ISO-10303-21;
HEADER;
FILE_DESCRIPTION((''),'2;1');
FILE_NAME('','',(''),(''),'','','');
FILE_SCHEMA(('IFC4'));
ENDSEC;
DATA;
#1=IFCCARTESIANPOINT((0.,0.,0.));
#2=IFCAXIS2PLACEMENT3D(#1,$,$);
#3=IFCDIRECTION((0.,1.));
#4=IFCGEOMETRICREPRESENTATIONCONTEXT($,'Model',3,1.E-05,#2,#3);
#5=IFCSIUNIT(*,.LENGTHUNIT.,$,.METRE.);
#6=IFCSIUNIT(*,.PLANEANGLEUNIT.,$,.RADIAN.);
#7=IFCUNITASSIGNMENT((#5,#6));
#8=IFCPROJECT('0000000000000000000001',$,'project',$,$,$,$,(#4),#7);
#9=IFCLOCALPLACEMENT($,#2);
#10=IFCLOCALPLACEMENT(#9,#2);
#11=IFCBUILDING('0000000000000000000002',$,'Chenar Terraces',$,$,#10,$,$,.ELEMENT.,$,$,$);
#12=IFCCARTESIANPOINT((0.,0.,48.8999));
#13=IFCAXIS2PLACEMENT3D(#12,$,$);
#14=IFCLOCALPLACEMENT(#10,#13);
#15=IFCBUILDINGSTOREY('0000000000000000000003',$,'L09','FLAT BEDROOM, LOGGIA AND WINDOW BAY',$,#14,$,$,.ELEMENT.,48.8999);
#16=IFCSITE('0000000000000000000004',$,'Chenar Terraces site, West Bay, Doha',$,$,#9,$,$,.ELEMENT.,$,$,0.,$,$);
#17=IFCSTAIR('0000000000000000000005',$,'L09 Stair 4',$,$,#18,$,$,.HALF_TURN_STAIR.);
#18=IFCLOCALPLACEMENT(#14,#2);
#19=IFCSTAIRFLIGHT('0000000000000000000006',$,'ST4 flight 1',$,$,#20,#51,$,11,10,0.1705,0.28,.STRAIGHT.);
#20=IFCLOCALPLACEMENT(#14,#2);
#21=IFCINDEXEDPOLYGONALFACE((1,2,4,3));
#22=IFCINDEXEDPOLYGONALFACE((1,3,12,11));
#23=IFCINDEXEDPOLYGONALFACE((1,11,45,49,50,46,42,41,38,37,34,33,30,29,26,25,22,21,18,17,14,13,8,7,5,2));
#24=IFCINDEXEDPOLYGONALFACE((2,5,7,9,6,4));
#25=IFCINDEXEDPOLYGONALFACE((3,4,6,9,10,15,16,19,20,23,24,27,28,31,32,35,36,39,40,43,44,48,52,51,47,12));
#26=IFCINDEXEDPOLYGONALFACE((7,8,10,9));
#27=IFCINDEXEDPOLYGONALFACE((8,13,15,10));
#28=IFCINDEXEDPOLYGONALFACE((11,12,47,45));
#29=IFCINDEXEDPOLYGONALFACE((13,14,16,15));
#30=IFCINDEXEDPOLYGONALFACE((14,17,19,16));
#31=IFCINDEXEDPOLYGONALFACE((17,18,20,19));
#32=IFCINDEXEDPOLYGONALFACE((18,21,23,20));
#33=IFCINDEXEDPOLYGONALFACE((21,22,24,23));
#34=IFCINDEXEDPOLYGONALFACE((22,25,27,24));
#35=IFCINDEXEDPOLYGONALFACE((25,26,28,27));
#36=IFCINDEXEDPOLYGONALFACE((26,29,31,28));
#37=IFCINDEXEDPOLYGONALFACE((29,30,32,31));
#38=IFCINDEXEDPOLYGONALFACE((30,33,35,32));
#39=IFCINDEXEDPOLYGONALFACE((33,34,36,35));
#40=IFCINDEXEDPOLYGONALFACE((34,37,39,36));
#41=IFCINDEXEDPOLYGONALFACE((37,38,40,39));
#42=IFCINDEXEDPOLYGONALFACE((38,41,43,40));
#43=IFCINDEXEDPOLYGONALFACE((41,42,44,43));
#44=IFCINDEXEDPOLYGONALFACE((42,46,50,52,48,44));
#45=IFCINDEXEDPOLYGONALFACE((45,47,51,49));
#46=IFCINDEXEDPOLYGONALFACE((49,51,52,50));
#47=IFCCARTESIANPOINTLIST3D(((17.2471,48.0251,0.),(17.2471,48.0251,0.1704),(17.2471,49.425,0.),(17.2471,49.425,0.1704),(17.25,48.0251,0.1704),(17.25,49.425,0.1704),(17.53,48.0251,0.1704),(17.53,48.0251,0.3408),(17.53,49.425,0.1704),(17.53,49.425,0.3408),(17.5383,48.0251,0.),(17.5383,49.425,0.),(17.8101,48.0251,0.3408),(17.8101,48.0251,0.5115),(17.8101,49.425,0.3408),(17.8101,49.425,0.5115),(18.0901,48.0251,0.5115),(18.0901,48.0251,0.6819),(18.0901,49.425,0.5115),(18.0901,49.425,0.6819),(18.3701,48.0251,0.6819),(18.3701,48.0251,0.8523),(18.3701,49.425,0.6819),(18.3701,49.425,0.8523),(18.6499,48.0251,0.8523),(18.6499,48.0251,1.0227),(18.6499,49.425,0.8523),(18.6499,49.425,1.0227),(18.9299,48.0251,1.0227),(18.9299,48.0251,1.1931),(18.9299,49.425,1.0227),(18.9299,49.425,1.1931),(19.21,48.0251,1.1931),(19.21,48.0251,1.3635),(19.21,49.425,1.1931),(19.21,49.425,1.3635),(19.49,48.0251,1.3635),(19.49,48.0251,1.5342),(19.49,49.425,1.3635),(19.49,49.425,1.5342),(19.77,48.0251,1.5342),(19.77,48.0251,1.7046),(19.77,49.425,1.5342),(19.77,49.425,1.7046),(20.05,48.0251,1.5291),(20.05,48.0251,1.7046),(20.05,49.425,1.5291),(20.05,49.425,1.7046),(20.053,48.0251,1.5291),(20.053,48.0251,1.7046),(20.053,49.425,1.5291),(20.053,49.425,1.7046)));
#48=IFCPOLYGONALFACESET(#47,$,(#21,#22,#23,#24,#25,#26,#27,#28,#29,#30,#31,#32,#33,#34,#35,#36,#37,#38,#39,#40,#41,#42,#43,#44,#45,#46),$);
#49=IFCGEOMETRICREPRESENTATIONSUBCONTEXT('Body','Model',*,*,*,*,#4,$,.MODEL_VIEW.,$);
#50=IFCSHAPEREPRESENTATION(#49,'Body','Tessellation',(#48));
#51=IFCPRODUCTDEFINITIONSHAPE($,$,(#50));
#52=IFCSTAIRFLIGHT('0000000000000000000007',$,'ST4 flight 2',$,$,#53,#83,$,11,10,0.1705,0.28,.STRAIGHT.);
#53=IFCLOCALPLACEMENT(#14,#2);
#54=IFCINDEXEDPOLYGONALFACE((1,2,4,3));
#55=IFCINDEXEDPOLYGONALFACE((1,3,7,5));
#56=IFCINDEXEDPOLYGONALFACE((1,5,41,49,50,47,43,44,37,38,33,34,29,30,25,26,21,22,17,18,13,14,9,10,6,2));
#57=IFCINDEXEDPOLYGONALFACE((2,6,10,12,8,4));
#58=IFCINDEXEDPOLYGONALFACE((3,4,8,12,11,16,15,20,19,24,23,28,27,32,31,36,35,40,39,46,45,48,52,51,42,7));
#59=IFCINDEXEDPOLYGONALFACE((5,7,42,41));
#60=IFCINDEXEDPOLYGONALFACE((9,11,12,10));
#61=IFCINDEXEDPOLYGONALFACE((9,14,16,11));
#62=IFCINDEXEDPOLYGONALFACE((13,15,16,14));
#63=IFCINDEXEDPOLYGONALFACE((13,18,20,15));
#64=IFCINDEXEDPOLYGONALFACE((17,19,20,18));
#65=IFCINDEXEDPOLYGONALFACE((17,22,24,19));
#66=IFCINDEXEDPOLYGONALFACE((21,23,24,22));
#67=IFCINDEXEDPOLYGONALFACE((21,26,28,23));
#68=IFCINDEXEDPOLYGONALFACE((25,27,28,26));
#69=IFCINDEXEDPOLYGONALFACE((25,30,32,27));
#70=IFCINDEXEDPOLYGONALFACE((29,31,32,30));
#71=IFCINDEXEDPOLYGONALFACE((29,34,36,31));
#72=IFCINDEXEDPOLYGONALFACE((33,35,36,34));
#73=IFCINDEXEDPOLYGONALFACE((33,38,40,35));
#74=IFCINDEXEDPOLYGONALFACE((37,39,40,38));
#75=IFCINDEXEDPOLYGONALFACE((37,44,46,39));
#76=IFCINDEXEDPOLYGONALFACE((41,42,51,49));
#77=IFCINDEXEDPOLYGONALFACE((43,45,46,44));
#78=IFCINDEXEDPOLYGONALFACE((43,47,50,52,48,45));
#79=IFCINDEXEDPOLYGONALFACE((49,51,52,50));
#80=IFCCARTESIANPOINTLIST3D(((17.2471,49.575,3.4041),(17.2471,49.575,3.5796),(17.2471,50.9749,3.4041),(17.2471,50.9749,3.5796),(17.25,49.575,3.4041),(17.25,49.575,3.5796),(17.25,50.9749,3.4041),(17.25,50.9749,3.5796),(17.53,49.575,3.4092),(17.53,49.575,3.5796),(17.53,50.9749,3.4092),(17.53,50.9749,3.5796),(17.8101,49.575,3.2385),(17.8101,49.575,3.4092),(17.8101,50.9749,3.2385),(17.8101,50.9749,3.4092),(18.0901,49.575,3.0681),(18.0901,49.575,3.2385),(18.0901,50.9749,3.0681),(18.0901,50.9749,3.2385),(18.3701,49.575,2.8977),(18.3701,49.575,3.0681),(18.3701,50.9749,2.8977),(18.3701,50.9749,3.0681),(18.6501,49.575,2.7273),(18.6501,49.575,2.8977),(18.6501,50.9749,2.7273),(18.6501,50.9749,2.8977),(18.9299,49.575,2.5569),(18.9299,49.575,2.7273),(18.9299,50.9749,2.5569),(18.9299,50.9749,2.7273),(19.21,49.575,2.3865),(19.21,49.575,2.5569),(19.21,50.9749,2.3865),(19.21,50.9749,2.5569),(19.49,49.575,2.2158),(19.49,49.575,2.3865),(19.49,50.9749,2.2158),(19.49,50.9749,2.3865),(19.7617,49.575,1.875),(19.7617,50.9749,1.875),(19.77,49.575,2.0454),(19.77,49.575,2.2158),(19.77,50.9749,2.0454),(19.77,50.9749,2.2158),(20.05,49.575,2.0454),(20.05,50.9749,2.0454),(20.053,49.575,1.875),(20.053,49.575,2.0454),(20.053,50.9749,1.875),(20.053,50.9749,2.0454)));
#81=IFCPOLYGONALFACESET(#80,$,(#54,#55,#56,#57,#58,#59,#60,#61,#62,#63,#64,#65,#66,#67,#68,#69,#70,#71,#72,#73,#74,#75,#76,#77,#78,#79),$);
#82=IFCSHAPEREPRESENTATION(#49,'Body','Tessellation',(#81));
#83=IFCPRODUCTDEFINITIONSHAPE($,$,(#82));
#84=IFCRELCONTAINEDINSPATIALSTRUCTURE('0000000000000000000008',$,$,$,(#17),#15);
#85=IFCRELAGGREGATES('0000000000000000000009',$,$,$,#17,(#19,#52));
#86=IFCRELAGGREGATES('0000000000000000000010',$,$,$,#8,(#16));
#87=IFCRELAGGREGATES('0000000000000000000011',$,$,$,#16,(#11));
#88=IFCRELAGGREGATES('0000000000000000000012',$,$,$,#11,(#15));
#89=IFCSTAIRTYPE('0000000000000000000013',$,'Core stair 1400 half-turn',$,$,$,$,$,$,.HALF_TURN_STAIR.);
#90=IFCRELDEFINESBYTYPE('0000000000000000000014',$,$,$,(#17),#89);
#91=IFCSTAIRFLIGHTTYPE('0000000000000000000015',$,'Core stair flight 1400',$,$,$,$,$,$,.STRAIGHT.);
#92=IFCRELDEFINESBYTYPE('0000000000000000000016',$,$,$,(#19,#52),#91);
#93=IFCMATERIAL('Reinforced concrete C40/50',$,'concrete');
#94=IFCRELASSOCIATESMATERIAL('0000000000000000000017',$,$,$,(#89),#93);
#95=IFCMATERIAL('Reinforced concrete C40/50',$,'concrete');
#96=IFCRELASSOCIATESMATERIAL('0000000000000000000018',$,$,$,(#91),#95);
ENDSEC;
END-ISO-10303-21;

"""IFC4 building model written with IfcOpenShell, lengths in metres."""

from ifc_helpers import new_model, si_unit, direction, frame, origin, place, context, subcontext, project, spatial, polyline, outline, extrude, material, type_object, element, aggregate, save


model = new_model("IFC4")

# Units and contexts
model_context = context("Model", 3, precision=1e-05, world=origin(), true_north=direction((0.0, 1.0)))
body_context = subcontext(model_context, "Body", "Model", "MODEL_VIEW")
ifc_project = project(units=[si_unit("LENGTHUNIT", "METRE"), si_unit("PLANEANGLEUNIT", "RADIAN")], contexts=[model_context])

# Site, building, storey
site_placement = place(None, origin())
site = spatial("IfcSite", under=ifc_project, at=site_placement, Name="Chenar Terraces site, West Bay, Doha", CompositionType="ELEMENT", RefElevation=0.0)
building_placement = place(site_placement, origin())
building = spatial("IfcBuilding", under=site, at=building_placement, Name="Chenar Terraces", CompositionType="ELEMENT")
storey_placement = place(building_placement, frame((0.0, 0.0, 48.8999)))
storey = spatial("IfcBuildingStorey", under=building, at=storey_placement, Name="L09", Description="FLAT BEDROOM, LOGGIA AND WINDOW BAY", CompositionType="ELEMENT", Elevation=48.8999)

# Stair, stair flights
ifc_material_1 = material(Name="Reinforced concrete C40/50", Category="concrete")
stair_type = type_object("IfcStairType", Name="Core stair 1400 half-turn", PredefinedType="HALF_TURN_STAIR", material=ifc_material_1)
stair_placement = place(storey_placement, origin())
stair = element("IfcStair", 1, at=stair_placement, inside=storey, type_object=stair_type, Name="L09 Stair 4", PredefinedType="HALF_TURN_STAIR")
ifc_material_2 = material(Name="Reinforced concrete C40/50", Category="concrete")
stair_flight_type = type_object("IfcStairFlightType", Name="Core stair flight 1400", PredefinedType="STRAIGHT", material=ifc_material_2)
stair_flight_1_placement = place(storey_placement, frame((17.25, 48.7251, 0.0), z_axis=(0.0, 0.0, 1.0), x_axis=(1.0, 0.0, 0.0)))
stair_flight_1 = element("IfcStairFlight", 2, at=stair_flight_1_placement, type_object=stair_flight_type, Name="ST4 flight 1", NumberOfRisers=11, NumberOfTreads=10, PredefinedType="STRAIGHT", RiserHeight=0.1705, TreadLength=0.28, context=body_context, shape_type="SweptSolid", body=[
    extrude(outline(polyline([(-0.0029, 0.0), (-0.0029, 0.1704), (0.0, 0.1704), (0.28, 0.1704), (0.28, 0.3408), (0.5601, 0.3408), (0.5601, 0.5115), (0.8401, 0.5115), (0.8401, 0.6819), (1.1201, 0.6819), (1.1201, 0.8523), (1.3999, 0.8523), (1.3999, 1.0227), (1.6799, 1.0227), (1.6799, 1.1931), (1.96, 1.1931), (1.96, 1.3635), (2.24, 1.3635), (2.24, 1.5342), (2.52, 1.5342), (2.52, 1.7046), (2.8, 1.7046), (2.803, 1.7046), (2.803, 1.5291), (2.8, 1.5291), (0.2883, 0.0), (-0.0029, 0.0)])), frame((0.0, 0.7, 0.0), z_axis=(0.0, -1.0, 0.0), x_axis=(1.0, 0.0, 0.0)), (0.0, 0.0, 1.0), 1.3999),
])
stair_flight_2_placement = place(storey_placement, frame((20.05, 50.2749, 1.875), z_axis=(0.0, 0.0, 1.0), x_axis=(-1.0, 0.0, 0.0)))
stair_flight_2 = element("IfcStairFlight", 3, at=stair_flight_2_placement, type_object=stair_flight_type, Name="ST4 flight 2", NumberOfRisers=11, NumberOfTreads=10, PredefinedType="STRAIGHT", RiserHeight=0.1705, TreadLength=0.28, context=body_context, shape_type="SweptSolid", body=[
    extrude(outline(polyline([(-0.0029, 0.0), (-0.0029, 0.1704), (0.0, 0.1704), (0.28, 0.1704), (0.28, 0.3408), (0.5601, 0.3408), (0.5601, 0.5115), (0.8401, 0.5115), (0.8401, 0.6819), (1.1201, 0.6819), (1.1201, 0.8523), (1.3999, 0.8523), (1.3999, 1.0227), (1.6799, 1.0227), (1.6799, 1.1931), (1.96, 1.1931), (1.96, 1.3635), (2.24, 1.3635), (2.24, 1.5342), (2.52, 1.5342), (2.52, 1.7046), (2.8, 1.7046), (2.803, 1.7046), (2.803, 1.5291), (2.8, 1.5291), (0.2883, 0.0), (-0.0029, 0.0)])), frame((0.0, 0.7, 0.0), z_axis=(0.0, -1.0, 0.0), x_axis=(1.0, 0.0, 0.0)), (0.0, 0.0, 1.0), 1.3999),
])
aggregate(stair, [stair_flight_1, stair_flight_2])

save(model, "model.ifc")
